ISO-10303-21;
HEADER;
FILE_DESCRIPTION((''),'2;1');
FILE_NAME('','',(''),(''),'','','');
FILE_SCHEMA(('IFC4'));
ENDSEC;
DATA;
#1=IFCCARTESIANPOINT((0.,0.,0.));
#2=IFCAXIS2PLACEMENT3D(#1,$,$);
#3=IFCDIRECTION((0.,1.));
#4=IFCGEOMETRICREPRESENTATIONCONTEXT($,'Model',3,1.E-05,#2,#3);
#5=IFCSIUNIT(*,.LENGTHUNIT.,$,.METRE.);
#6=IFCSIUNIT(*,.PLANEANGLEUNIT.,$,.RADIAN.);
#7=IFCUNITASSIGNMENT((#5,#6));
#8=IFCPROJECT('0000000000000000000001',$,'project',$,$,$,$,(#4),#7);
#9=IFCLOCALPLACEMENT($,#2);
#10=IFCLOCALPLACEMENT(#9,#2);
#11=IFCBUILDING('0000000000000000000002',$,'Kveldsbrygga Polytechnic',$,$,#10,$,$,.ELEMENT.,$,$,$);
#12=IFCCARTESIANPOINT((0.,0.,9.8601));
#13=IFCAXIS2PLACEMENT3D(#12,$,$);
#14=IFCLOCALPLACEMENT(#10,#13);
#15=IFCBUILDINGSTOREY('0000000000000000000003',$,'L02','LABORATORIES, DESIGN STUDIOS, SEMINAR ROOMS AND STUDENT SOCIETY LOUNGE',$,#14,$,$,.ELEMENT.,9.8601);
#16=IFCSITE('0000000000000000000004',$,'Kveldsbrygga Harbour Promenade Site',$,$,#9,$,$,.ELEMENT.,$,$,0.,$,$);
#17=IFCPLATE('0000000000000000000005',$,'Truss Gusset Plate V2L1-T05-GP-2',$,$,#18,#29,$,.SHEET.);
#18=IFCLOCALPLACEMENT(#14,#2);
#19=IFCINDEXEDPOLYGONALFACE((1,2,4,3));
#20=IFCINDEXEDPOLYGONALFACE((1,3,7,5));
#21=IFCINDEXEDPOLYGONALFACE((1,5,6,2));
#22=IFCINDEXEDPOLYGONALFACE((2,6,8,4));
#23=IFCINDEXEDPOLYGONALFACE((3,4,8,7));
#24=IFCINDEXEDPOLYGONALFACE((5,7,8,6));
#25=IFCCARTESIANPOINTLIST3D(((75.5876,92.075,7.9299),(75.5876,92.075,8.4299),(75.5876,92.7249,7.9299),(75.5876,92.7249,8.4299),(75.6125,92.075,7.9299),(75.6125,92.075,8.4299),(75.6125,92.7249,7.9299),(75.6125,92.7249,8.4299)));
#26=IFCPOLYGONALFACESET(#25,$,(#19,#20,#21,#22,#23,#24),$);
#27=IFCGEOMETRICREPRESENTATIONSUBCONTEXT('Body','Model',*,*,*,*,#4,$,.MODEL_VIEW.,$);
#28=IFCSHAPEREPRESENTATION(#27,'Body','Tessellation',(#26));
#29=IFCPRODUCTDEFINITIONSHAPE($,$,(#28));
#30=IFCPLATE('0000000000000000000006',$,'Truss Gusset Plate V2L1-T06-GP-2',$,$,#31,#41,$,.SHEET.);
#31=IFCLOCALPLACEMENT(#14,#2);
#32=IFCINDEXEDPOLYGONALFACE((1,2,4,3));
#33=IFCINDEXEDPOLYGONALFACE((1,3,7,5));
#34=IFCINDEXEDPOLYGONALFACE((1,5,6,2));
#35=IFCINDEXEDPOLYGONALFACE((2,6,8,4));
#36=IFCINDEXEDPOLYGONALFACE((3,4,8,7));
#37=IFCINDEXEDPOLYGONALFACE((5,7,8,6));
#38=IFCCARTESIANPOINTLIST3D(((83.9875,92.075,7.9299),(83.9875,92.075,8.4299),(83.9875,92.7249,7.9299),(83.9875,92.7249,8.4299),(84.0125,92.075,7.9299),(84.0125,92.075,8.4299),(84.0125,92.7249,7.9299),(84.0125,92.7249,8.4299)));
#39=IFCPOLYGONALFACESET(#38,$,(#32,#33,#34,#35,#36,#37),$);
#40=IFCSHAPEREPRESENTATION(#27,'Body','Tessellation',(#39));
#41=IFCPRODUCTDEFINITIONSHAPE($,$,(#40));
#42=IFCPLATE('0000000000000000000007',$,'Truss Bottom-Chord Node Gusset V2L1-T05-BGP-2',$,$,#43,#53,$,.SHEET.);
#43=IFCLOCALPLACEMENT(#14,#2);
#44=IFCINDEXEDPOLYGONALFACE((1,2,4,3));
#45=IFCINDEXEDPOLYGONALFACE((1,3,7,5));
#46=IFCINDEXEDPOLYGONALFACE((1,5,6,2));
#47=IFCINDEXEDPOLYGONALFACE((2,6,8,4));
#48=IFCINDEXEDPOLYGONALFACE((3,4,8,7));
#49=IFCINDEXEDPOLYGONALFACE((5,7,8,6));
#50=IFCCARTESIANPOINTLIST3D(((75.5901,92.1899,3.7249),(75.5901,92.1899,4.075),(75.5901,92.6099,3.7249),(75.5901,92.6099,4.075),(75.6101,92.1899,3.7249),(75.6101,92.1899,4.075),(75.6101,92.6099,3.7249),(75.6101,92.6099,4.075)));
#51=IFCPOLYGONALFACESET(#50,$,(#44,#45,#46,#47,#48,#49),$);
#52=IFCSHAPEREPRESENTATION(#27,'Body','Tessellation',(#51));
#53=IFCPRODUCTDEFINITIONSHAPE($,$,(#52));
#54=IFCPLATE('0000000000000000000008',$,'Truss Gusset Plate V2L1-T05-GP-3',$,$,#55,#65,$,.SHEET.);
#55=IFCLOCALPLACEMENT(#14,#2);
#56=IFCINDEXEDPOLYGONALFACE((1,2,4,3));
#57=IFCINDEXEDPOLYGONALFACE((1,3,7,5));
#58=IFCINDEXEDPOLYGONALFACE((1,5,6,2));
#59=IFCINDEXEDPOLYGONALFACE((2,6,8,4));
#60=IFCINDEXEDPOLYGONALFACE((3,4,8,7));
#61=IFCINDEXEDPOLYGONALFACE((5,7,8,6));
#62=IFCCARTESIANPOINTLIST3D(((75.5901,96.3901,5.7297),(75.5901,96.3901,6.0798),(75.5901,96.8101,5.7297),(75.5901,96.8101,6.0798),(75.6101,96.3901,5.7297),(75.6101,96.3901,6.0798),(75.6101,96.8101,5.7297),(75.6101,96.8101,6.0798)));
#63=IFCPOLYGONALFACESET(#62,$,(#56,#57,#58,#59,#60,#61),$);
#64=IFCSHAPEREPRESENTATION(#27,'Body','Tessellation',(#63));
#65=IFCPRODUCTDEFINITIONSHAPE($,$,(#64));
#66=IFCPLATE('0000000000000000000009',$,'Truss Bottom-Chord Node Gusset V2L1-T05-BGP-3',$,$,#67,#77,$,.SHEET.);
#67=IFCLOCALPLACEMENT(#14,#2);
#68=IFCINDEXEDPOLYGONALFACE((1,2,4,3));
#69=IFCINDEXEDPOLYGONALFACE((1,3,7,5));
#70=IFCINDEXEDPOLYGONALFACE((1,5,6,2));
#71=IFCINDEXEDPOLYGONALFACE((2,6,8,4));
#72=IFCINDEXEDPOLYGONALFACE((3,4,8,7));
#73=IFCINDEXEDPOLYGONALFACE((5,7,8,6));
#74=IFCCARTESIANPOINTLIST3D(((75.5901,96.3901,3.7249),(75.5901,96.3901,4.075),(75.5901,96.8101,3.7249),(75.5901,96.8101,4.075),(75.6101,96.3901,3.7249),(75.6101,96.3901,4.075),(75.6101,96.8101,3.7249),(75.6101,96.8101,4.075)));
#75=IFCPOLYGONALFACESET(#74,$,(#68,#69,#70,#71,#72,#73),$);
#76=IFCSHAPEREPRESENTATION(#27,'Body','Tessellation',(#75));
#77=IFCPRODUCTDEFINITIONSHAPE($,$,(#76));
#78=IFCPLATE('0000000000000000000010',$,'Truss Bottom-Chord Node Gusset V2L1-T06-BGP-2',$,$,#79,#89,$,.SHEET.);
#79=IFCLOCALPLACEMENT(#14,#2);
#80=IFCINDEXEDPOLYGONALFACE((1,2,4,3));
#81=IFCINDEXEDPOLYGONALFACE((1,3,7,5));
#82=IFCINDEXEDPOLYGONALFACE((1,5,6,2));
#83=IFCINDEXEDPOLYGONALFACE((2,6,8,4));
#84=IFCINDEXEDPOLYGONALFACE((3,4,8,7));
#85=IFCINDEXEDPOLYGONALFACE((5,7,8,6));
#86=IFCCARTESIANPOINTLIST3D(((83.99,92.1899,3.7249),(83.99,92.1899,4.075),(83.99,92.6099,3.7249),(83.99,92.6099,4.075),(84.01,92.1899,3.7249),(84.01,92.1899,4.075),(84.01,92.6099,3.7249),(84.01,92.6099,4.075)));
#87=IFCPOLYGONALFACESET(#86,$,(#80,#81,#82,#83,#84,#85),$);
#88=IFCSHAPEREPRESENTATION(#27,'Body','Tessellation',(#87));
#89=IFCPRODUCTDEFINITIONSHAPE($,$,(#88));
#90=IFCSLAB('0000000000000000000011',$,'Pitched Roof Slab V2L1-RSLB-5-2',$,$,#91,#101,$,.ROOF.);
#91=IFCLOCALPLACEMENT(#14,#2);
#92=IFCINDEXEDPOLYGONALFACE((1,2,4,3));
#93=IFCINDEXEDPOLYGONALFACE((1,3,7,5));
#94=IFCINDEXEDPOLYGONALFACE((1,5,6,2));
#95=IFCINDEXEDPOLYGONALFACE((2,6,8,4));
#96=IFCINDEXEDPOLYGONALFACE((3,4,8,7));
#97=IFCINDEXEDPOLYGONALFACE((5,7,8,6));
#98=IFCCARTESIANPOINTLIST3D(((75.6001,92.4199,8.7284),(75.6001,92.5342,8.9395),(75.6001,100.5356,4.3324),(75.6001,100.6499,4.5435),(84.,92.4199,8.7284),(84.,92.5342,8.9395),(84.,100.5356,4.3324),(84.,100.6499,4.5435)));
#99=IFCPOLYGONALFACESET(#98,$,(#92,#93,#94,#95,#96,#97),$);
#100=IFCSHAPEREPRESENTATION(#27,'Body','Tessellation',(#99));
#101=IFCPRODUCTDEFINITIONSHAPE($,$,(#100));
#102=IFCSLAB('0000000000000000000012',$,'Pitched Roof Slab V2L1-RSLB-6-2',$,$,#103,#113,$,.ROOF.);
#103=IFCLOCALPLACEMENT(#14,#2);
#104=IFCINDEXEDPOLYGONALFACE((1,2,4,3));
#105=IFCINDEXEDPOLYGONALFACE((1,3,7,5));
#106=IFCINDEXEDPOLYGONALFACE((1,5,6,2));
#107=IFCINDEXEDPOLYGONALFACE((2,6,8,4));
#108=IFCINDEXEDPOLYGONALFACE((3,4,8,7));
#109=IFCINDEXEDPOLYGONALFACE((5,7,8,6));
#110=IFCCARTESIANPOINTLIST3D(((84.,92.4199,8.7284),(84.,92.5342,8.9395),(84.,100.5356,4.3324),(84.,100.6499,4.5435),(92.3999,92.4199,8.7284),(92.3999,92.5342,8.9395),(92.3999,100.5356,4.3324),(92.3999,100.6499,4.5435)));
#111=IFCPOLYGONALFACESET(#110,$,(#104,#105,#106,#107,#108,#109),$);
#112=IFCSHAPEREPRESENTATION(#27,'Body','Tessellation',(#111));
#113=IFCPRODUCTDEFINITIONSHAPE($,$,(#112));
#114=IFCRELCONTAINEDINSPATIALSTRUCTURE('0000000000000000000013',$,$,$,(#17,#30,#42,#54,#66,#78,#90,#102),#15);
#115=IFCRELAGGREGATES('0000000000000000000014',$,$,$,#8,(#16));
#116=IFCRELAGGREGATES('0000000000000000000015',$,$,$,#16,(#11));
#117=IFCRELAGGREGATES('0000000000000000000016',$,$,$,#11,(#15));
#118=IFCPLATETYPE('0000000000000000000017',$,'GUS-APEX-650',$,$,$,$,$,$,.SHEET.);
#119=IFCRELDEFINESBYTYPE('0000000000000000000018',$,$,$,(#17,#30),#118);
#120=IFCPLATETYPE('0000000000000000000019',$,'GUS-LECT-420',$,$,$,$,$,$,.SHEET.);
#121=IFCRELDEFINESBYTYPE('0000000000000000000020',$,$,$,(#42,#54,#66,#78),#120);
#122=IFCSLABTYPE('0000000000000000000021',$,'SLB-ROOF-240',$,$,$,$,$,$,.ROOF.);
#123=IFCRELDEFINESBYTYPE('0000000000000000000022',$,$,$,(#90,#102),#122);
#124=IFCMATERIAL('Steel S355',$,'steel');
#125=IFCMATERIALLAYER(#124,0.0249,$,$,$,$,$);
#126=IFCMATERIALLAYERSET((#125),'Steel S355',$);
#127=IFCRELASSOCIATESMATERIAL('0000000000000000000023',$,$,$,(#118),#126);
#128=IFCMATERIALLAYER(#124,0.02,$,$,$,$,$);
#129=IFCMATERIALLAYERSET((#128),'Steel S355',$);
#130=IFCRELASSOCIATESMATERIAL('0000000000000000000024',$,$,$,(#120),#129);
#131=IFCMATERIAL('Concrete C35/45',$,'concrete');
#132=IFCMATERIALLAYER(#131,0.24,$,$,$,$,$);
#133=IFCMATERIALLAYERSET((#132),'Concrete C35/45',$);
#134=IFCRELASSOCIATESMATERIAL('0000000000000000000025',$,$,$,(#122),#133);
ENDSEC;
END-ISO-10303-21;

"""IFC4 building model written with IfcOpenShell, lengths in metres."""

from ifc_helpers import new_model, si_unit, direction, frame, origin, origin_2d, place, context, subcontext, project, spatial, polyline, rectangle, outline, extrude, material, layer, layer_set, type_object, element, save


model = new_model("IFC4")

# Units and contexts
model_context = context("Model", 3, precision=1e-05, world=origin(), true_north=direction((0.0, 1.0)))
body_context = subcontext(model_context, "Body", "Model", "MODEL_VIEW")
ifc_project = project(units=[si_unit("LENGTHUNIT", "METRE"), si_unit("PLANEANGLEUNIT", "RADIAN")], contexts=[model_context])

# Site, building, storey
site_placement = place(None, origin())
site = spatial("IfcSite", under=ifc_project, at=site_placement, Name="Kveldsbrygga Harbour Promenade Site", CompositionType="ELEMENT", RefElevation=0.0)
building_placement = place(site_placement, origin())
building = spatial("IfcBuilding", under=site, at=building_placement, Name="Kveldsbrygga Polytechnic", CompositionType="ELEMENT")
storey_placement = place(building_placement, frame((0.0, 0.0, 9.8601)))
storey = spatial("IfcBuildingStorey", under=building, at=storey_placement, Name="L02", Description="LABORATORIES, DESIGN STUDIOS, SEMINAR ROOMS AND STUDENT SOCIETY LOUNGE", CompositionType="ELEMENT", Elevation=9.8601)

# Shared definitions
ifc_material_1 = material(Name="Steel S355", Category="steel")

# Plates
ifc_layer_1 = layer(ifc_material_1, 0.0249)
ifc_layer_set_1 = layer_set([ifc_layer_1], Name="Steel S355")
plate_type_1 = type_object("IfcPlateType", Name="GUS-APEX-650", PredefinedType="SHEET", material=ifc_layer_set_1)
for number, where, z_axis, x_axis, name in (
    (1, (75.6001, 92.3999, 7.9299), (0.0, 0.0, 1.0), (1.0, 0.0, 0.0), "Truss Gusset Plate V2L1-T05-GP-2"),
    (2, (84.0, 92.3999, 7.9299), (0.0, 0.0, 1.0), (1.0, 0.0, 0.0), "Truss Gusset Plate V2L1-T06-GP-2"),
):
    element("IfcPlate", number, at=place(storey_placement, frame(where, z_axis=z_axis, x_axis=x_axis)), inside=storey, type_object=plate_type_1, Name=name, PredefinedType="SHEET", context=body_context, shape_type="SweptSolid", body=[
        extrude(rectangle(XDim=0.0249, YDim=0.6499, at=origin_2d()), origin(), (0.0, 0.0, 1.0), 0.5),
    ])
ifc_layer_2 = layer(ifc_material_1, 0.02)
ifc_layer_set_2 = layer_set([ifc_layer_2], Name="Steel S355")
plate_type_2 = type_object("IfcPlateType", Name="GUS-LECT-420", PredefinedType="SHEET", material=ifc_layer_set_2)
for number, where, z_axis, x_axis, name in (
    (3, (75.6001, 92.3999, 3.7249), (0.0, 0.0, 1.0), (1.0, 0.0, 0.0), "Truss Bottom-Chord Node Gusset V2L1-T05-BGP-2"),
    (4, (75.6001, 96.6001, 5.7297), (0.0, 0.0, 1.0), (1.0, 0.0, 0.0), "Truss Gusset Plate V2L1-T05-GP-3"),
    (5, (75.6001, 96.6001, 3.7249), (0.0, 0.0, 1.0), (1.0, 0.0, 0.0), "Truss Bottom-Chord Node Gusset V2L1-T05-BGP-3"),
    (6, (84.0, 92.3999, 3.7249), (0.0, 0.0, 1.0), (1.0, 0.0, 0.0), "Truss Bottom-Chord Node Gusset V2L1-T06-BGP-2"),
):
    element("IfcPlate", number, at=place(storey_placement, frame(where, z_axis=z_axis, x_axis=x_axis)), inside=storey, type_object=plate_type_2, Name=name, PredefinedType="SHEET", context=body_context, shape_type="SweptSolid", body=[
        extrude(rectangle(XDim=0.02, YDim=0.4199, at=origin_2d()), origin(), (0.0, 0.0, 1.0), 0.3501),
    ])

# Slabs
ifc_material_2 = material(Name="Concrete C35/45", Category="concrete")
ifc_layer_3 = layer(ifc_material_2, 0.24)
ifc_layer_set_3 = layer_set([ifc_layer_3], Name="Concrete C35/45")
slab_type = type_object("IfcSlabType", Name="SLB-ROOF-240", PredefinedType="ROOF", material=ifc_layer_set_3)
for number, where, z_axis, x_axis, name in (
    (7, (75.6001, 92.5342, 8.9395), (0.0, 0.476281, 0.879293), (1.0, 0.0, 0.0), "Pitched Roof Slab V2L1-RSLB-5-2"),
    (8, (84.0, 92.5342, 8.9395), (0.0, 0.476281, 0.879293), (1.0, 0.0, 0.0), "Pitched Roof Slab V2L1-RSLB-6-2"),
):
    element("IfcSlab", number, at=place(storey_placement, frame(where, z_axis=z_axis, x_axis=x_axis)), inside=storey, type_object=slab_type, Name=name, PredefinedType="ROOF", context=body_context, shape_type="SweptSolid", body=[
        extrude(outline(polyline([(0.0, 0.0), (8.3999, 0.0), (8.3999, 9.2298), (0.0, 9.2298), (0.0, 0.0)])), origin(), (0.0, 0.0, -1.0), 0.24),
    ])

save(model, "model.ifc")
